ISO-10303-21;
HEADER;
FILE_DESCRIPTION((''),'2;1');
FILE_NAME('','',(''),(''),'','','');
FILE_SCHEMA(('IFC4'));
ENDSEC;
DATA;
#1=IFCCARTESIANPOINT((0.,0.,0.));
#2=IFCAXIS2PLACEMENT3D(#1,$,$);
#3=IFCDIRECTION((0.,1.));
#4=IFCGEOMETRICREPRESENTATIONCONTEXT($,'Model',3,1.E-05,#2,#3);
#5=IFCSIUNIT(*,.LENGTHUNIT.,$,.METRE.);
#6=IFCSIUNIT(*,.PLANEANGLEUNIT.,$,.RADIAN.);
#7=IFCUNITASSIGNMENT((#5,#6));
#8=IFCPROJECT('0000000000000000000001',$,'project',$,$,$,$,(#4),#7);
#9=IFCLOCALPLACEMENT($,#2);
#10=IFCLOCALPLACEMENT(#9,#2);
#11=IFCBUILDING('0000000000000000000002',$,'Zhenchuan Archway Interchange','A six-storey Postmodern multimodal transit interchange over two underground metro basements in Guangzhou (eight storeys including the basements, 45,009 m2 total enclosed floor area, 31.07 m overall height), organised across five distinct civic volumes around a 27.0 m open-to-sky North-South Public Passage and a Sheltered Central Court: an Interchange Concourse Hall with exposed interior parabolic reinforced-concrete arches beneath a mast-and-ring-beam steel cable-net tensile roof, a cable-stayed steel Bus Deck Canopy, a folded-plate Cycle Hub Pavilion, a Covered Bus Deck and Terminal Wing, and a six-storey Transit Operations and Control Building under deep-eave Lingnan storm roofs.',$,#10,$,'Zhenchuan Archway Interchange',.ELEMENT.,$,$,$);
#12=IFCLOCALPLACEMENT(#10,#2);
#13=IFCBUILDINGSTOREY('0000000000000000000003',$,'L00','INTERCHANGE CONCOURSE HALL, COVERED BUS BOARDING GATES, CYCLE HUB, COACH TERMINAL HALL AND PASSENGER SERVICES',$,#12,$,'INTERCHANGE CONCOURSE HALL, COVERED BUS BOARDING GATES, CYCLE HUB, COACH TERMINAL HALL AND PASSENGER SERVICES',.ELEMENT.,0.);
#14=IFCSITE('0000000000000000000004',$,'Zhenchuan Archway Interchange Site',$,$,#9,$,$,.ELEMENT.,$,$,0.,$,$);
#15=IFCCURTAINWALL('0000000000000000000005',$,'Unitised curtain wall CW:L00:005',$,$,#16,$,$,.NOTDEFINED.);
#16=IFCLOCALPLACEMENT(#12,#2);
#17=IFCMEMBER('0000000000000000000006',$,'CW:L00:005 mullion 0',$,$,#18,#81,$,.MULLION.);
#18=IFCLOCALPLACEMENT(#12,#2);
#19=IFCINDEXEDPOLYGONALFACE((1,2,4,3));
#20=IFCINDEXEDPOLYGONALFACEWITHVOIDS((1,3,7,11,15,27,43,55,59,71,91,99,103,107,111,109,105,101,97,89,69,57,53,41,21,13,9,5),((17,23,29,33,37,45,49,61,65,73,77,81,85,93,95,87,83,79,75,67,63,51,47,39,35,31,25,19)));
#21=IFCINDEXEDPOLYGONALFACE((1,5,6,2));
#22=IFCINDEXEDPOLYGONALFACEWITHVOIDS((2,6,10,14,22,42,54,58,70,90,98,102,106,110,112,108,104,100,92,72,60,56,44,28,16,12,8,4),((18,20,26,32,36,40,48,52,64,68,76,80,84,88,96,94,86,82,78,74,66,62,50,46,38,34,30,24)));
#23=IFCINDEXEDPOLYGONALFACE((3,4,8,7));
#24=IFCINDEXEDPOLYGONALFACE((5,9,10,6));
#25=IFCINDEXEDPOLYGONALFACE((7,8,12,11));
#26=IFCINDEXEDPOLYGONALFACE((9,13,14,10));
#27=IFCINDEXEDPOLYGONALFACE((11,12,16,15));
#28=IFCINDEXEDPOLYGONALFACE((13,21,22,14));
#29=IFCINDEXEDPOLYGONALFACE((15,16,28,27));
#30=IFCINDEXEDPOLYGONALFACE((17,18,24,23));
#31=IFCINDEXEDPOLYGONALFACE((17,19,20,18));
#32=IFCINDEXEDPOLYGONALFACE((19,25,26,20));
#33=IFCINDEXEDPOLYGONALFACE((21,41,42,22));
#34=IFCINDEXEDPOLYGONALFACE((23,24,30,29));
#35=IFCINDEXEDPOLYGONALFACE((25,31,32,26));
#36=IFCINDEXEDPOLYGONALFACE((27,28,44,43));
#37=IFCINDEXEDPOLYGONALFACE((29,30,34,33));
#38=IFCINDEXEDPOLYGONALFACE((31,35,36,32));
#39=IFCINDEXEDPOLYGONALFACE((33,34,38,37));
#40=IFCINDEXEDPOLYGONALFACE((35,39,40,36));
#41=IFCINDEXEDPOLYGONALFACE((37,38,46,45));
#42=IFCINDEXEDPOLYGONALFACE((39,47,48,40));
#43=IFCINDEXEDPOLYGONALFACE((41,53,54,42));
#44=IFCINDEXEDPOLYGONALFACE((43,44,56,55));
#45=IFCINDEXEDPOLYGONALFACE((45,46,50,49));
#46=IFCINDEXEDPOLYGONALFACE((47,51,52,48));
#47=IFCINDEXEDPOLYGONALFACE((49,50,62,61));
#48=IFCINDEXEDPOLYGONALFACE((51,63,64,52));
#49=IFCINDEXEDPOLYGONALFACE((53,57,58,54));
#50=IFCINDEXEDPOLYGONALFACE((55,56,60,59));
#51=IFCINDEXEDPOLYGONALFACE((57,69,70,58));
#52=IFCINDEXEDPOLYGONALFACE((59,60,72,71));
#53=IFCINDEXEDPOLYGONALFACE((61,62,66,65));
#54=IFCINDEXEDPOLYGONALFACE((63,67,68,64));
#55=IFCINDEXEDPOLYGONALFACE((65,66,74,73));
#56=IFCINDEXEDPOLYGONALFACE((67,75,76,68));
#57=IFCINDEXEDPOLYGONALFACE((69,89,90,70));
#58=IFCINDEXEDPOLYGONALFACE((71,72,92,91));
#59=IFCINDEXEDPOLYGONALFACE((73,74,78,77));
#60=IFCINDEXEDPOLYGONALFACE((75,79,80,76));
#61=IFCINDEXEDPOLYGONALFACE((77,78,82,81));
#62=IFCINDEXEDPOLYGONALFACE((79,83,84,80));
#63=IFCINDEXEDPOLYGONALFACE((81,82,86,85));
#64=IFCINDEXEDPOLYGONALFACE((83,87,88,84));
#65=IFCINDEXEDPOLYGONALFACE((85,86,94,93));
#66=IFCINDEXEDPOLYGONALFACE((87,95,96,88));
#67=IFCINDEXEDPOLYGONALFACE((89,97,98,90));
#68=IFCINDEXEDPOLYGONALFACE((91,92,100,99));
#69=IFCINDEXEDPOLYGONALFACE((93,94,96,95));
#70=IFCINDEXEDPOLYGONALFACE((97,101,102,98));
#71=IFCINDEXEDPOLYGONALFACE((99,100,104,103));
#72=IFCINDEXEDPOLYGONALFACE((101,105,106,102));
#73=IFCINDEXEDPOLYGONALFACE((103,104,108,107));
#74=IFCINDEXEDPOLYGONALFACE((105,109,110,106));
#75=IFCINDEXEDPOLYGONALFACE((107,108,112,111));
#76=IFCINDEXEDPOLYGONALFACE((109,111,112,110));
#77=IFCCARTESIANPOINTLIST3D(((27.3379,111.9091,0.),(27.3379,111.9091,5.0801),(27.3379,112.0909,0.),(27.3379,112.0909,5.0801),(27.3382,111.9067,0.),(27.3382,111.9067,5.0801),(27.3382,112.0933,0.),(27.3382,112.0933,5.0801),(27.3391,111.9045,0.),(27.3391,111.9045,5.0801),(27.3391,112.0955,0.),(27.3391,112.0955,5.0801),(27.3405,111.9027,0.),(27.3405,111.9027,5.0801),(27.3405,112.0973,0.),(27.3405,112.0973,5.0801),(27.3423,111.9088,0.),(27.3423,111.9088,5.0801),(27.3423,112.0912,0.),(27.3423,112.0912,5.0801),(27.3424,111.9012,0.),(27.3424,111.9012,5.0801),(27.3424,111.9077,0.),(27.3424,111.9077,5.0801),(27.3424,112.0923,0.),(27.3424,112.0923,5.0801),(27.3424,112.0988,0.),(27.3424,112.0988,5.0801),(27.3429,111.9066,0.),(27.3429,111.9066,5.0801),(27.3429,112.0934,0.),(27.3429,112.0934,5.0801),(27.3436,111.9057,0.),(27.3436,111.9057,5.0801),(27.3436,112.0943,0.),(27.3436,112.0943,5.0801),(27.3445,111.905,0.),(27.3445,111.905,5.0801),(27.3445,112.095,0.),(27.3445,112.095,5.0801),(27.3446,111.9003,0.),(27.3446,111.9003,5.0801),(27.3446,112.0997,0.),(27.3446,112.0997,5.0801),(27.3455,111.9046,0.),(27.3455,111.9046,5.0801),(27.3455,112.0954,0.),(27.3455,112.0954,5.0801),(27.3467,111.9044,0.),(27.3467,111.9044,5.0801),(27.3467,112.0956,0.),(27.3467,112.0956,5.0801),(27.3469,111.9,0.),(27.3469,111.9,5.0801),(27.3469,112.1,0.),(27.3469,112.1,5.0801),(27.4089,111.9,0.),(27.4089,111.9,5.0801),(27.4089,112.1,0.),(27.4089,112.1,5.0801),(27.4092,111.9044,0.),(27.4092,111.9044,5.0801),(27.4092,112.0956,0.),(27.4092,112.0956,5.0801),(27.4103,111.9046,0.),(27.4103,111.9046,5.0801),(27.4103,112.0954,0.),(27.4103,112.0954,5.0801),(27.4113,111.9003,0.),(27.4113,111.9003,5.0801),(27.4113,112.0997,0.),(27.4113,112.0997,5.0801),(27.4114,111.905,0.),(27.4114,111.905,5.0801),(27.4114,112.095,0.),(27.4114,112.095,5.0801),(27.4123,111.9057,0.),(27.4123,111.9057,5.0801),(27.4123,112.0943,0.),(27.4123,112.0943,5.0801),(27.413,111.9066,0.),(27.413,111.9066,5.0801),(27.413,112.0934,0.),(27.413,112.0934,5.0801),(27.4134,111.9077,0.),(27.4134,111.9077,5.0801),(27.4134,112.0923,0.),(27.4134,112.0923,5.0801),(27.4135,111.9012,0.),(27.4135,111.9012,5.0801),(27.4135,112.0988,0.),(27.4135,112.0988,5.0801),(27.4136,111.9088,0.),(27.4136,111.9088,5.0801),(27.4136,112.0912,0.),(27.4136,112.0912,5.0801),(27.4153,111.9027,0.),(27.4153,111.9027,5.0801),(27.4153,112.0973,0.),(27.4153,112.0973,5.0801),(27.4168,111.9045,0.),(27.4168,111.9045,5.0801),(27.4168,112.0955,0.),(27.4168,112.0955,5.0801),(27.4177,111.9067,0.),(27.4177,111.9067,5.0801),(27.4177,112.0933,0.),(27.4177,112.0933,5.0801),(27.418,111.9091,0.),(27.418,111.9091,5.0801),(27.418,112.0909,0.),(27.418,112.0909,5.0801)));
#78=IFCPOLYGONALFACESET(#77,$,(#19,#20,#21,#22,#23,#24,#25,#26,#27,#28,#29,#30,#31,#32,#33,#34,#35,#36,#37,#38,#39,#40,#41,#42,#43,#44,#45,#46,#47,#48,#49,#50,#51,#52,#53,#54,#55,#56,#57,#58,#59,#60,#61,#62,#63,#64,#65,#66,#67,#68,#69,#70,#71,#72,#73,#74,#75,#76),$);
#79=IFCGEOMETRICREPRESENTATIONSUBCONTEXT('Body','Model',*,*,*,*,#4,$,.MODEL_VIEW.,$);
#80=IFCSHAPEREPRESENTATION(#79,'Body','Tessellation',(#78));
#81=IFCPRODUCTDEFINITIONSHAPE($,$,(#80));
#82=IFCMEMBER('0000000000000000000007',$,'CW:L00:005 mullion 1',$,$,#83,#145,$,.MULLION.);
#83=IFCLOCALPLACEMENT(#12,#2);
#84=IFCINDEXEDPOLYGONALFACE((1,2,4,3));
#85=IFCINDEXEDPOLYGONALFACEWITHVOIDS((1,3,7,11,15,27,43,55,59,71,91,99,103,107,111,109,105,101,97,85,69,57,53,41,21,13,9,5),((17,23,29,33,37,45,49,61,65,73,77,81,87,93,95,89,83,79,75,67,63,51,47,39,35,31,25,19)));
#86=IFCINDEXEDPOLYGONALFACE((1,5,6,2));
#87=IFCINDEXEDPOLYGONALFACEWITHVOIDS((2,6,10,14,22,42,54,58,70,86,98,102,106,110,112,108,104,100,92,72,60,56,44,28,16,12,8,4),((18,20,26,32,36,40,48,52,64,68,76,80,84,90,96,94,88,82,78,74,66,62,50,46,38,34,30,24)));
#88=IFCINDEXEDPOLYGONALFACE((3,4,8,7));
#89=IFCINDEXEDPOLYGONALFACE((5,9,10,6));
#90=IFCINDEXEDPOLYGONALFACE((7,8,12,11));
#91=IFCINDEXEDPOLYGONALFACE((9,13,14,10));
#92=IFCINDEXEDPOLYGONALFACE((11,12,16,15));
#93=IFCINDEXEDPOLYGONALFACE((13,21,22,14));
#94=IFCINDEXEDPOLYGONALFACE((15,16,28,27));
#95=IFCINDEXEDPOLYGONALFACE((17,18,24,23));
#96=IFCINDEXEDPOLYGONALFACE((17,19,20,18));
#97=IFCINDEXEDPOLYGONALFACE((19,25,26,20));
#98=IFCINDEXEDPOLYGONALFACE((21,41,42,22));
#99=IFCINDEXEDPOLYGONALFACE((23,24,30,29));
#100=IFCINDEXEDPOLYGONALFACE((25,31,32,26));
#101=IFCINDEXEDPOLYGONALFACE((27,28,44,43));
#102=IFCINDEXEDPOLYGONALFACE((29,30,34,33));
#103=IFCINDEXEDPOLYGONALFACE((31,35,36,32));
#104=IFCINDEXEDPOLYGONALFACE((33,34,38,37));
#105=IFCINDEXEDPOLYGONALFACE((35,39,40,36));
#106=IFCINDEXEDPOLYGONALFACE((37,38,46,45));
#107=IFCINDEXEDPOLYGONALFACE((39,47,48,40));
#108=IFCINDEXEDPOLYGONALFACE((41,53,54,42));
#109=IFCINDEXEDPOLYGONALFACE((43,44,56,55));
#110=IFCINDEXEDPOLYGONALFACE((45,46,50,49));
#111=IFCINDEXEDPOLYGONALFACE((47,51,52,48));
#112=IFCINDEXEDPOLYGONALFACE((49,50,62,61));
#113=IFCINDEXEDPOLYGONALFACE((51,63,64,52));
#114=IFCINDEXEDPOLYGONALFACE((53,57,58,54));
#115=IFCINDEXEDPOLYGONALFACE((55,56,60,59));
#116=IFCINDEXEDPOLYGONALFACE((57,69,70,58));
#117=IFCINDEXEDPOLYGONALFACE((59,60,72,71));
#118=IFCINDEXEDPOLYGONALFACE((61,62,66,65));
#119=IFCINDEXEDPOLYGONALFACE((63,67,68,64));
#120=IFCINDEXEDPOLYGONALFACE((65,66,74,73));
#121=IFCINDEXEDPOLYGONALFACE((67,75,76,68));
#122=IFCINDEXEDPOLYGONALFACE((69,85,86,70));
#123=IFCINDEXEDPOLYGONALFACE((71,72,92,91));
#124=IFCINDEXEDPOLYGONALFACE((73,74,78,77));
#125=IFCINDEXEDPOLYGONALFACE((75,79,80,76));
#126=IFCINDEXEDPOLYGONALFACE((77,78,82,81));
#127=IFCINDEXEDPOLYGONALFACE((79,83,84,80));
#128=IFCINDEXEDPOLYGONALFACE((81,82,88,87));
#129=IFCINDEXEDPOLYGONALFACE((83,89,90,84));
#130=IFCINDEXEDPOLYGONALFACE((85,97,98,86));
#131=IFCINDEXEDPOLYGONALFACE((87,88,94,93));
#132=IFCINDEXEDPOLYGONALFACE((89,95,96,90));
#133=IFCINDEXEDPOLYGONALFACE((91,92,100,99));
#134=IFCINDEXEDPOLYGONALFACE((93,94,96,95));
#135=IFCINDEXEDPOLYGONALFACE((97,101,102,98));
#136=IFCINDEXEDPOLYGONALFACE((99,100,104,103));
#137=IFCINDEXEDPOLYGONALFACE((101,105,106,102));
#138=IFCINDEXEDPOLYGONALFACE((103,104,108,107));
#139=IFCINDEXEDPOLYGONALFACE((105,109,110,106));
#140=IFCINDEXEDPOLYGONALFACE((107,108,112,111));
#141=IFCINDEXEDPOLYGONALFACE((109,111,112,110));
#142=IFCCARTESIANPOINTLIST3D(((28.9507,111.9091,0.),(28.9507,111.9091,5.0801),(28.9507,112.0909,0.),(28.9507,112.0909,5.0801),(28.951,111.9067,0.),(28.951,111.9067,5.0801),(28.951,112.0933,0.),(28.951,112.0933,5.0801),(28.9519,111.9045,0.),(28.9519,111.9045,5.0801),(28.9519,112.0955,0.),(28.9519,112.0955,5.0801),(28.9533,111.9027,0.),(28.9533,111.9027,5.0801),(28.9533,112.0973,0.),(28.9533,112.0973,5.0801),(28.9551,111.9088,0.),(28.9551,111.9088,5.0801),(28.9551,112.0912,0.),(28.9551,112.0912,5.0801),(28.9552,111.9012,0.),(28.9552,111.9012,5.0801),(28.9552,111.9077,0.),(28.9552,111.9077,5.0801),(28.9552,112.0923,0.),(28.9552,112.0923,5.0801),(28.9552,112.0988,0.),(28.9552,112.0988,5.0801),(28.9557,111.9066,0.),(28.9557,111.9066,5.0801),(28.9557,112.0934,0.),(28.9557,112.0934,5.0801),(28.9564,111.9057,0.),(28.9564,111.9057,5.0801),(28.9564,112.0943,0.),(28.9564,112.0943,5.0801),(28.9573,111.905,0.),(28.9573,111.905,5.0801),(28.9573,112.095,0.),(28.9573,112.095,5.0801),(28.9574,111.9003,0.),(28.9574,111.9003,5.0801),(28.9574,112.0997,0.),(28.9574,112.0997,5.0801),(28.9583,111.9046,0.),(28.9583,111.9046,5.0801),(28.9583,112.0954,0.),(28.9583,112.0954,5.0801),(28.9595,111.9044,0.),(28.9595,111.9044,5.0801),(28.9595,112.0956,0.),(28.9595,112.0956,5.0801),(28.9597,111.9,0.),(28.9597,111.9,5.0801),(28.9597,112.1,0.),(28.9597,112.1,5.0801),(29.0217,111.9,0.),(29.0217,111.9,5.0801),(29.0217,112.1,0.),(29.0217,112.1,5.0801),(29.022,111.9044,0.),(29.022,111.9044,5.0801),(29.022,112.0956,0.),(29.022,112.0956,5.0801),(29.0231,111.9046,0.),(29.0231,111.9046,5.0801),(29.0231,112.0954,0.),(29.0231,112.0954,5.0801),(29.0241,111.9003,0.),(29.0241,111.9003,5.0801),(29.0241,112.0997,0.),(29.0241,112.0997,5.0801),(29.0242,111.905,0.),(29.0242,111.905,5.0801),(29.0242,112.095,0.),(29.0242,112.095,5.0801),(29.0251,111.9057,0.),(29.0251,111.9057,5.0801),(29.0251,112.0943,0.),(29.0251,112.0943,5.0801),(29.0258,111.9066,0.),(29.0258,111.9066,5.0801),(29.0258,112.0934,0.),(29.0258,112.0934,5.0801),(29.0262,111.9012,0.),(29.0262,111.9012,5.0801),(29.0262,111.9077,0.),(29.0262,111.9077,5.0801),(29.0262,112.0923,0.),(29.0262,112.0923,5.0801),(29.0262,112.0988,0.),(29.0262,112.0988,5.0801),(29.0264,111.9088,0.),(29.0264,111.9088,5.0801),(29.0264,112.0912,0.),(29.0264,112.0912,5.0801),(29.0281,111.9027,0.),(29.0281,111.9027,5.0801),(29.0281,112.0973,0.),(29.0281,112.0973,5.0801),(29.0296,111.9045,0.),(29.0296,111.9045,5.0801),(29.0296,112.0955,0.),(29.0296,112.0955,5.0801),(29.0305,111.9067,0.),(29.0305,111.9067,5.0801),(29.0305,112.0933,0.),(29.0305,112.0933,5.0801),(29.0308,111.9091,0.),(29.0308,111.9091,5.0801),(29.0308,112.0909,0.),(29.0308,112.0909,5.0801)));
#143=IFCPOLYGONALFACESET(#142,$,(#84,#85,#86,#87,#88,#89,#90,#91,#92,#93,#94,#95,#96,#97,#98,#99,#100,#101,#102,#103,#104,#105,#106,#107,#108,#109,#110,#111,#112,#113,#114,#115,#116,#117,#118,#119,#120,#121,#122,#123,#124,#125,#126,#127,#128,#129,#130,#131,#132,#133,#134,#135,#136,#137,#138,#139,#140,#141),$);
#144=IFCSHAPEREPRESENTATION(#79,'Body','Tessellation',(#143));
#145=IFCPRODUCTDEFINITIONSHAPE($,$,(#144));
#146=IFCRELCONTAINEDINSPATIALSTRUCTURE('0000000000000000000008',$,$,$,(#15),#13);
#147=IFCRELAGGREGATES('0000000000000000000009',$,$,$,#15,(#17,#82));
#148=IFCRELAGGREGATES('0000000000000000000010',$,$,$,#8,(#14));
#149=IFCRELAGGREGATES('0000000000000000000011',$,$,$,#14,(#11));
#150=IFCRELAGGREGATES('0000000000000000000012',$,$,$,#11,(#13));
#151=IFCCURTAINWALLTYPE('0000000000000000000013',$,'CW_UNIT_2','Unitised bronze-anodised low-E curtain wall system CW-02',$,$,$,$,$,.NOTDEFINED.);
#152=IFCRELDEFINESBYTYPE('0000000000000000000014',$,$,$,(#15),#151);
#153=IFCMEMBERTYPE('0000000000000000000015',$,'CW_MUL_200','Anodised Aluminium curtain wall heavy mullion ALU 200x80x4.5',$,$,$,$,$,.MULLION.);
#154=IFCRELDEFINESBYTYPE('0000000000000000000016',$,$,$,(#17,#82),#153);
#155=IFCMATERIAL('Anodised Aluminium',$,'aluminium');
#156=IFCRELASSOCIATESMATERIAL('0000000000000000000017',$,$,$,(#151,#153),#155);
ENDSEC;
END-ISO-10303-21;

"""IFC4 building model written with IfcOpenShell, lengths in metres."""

from ifc_helpers import new_model, si_unit, direction, frame, origin, origin_2d, place, context, subcontext, project, spatial, hollow_rectangle, extrude, material, material_profile, profile_set, type_object, element, aggregate, save


model = new_model("IFC4")

# Units and contexts
model_context = context("Model", 3, precision=1e-05, world=origin(), true_north=direction((0.0, 1.0)))
body_context = subcontext(model_context, "Body", "Model", "MODEL_VIEW")
ifc_project = project(units=[si_unit("LENGTHUNIT", "METRE"), si_unit("PLANEANGLEUNIT", "RADIAN")], contexts=[model_context])

# Site, building, storey
site_placement = place(None, origin())
site = spatial("IfcSite", under=ifc_project, at=site_placement, Name="Zhenchuan Archway Interchange Site", CompositionType="ELEMENT", RefElevation=0.0)
building_placement = place(site_placement, origin())
building = spatial("IfcBuilding", under=site, at=building_placement, Name="Zhenchuan Archway Interchange", Description="A six-storey Postmodern multimodal transit interchange over two underground metro basements in Guangzhou (eight storeys including the basements, 45,009 m2 total enclosed floor area, 31.07 m overall height), organised across five distinct civic volumes around a 27.0 m open-to-sky North-South Public Passage and a Sheltered Central Court: an Interchange Concourse Hall with exposed interior parabolic reinforced-concrete arches beneath a mast-and-ring-beam steel cable-net tensile roof, a cable-stayed steel Bus Deck Canopy, a folded-plate Cycle Hub Pavilion, a Covered Bus Deck and Terminal Wing, and a six-storey Transit Operations and Control Building under deep-eave Lingnan storm roofs.", LongName="Zhenchuan Archway Interchange", CompositionType="ELEMENT")
storey_placement = place(building_placement, origin())
storey = spatial("IfcBuildingStorey", under=building, at=storey_placement, Name="L00", Description="INTERCHANGE CONCOURSE HALL, COVERED BUS BOARDING GATES, CYCLE HUB, COACH TERMINAL HALL AND PASSENGER SERVICES", LongName="INTERCHANGE CONCOURSE HALL, COVERED BUS BOARDING GATES, CYCLE HUB, COACH TERMINAL HALL AND PASSENGER SERVICES", CompositionType="ELEMENT", Elevation=0.0)

# Curtain wall, members
ifc_material_1 = material(Name="Anodised Aluminium", Category="aluminium")
curtain_wall_type = type_object("IfcCurtainWallType", Name="CW_UNIT_2", Description="Unitised bronze-anodised low-E curtain wall system CW-02", PredefinedType="NOTDEFINED", material=ifc_material_1)
curtain_wall_placement = place(storey_placement, origin())
curtain_wall = element("IfcCurtainWall", 1, at=curtain_wall_placement, inside=storey, type_object=curtain_wall_type, Name="Unitised curtain wall CW:L00:005", PredefinedType="NOTDEFINED")
ifc_material_profile_1 = material_profile(ifc_material_1, hollow_rectangle(XDim=0.0801, YDim=0.2, WallThickness=0.0044, InnerFilletRadius=0.0044, OuterFilletRadius=0.009, at=origin_2d()), Name="ALU 200x80x4.5")
ifc_profile_set_1 = profile_set([ifc_material_profile_1], Name="Anodised Aluminium")
member_type_1 = type_object("IfcMemberType", Name="CW_MUL_200", Description="Anodised Aluminium curtain wall heavy mullion ALU 200x80x4.5", PredefinedType="MULLION", material=ifc_profile_set_1)
member_1_placement = place(storey_placement, frame((27.3779, 112.0, 0.0), z_axis=(0.0, 0.0, 1.0), x_axis=(1.0, 0.0, 0.0)))
member_1 = element("IfcMember", 2, at=member_1_placement, type_object=member_type_1, Name="CW:L00:005 mullion 0", PredefinedType="MULLION", context=body_context, shape_type="SweptSolid", body=[
    extrude(hollow_rectangle(XDim=0.0801, YDim=0.2, WallThickness=0.0044, InnerFilletRadius=0.0044, OuterFilletRadius=0.009, at=origin_2d()), origin(), (0.0, 0.0, 1.0), 5.0801),
])
member_2_placement = place(storey_placement, frame((28.9907, 112.0, 0.0), z_axis=(0.0, 0.0, 1.0), x_axis=(1.0, 0.0, 0.0)))
member_2 = element("IfcMember", 3, at=member_2_placement, type_object=member_type_1, Name="CW:L00:005 mullion 1", PredefinedType="MULLION", context=body_context, shape_type="SweptSolid", body=[
    extrude(hollow_rectangle(XDim=0.0801, YDim=0.2, WallThickness=0.0044, InnerFilletRadius=0.0044, OuterFilletRadius=0.009, at=origin_2d()), origin(), (0.0, 0.0, 1.0), 5.0801),
])

aggregate(curtain_wall, [member_1, member_2])

save(model, "model.ifc")
